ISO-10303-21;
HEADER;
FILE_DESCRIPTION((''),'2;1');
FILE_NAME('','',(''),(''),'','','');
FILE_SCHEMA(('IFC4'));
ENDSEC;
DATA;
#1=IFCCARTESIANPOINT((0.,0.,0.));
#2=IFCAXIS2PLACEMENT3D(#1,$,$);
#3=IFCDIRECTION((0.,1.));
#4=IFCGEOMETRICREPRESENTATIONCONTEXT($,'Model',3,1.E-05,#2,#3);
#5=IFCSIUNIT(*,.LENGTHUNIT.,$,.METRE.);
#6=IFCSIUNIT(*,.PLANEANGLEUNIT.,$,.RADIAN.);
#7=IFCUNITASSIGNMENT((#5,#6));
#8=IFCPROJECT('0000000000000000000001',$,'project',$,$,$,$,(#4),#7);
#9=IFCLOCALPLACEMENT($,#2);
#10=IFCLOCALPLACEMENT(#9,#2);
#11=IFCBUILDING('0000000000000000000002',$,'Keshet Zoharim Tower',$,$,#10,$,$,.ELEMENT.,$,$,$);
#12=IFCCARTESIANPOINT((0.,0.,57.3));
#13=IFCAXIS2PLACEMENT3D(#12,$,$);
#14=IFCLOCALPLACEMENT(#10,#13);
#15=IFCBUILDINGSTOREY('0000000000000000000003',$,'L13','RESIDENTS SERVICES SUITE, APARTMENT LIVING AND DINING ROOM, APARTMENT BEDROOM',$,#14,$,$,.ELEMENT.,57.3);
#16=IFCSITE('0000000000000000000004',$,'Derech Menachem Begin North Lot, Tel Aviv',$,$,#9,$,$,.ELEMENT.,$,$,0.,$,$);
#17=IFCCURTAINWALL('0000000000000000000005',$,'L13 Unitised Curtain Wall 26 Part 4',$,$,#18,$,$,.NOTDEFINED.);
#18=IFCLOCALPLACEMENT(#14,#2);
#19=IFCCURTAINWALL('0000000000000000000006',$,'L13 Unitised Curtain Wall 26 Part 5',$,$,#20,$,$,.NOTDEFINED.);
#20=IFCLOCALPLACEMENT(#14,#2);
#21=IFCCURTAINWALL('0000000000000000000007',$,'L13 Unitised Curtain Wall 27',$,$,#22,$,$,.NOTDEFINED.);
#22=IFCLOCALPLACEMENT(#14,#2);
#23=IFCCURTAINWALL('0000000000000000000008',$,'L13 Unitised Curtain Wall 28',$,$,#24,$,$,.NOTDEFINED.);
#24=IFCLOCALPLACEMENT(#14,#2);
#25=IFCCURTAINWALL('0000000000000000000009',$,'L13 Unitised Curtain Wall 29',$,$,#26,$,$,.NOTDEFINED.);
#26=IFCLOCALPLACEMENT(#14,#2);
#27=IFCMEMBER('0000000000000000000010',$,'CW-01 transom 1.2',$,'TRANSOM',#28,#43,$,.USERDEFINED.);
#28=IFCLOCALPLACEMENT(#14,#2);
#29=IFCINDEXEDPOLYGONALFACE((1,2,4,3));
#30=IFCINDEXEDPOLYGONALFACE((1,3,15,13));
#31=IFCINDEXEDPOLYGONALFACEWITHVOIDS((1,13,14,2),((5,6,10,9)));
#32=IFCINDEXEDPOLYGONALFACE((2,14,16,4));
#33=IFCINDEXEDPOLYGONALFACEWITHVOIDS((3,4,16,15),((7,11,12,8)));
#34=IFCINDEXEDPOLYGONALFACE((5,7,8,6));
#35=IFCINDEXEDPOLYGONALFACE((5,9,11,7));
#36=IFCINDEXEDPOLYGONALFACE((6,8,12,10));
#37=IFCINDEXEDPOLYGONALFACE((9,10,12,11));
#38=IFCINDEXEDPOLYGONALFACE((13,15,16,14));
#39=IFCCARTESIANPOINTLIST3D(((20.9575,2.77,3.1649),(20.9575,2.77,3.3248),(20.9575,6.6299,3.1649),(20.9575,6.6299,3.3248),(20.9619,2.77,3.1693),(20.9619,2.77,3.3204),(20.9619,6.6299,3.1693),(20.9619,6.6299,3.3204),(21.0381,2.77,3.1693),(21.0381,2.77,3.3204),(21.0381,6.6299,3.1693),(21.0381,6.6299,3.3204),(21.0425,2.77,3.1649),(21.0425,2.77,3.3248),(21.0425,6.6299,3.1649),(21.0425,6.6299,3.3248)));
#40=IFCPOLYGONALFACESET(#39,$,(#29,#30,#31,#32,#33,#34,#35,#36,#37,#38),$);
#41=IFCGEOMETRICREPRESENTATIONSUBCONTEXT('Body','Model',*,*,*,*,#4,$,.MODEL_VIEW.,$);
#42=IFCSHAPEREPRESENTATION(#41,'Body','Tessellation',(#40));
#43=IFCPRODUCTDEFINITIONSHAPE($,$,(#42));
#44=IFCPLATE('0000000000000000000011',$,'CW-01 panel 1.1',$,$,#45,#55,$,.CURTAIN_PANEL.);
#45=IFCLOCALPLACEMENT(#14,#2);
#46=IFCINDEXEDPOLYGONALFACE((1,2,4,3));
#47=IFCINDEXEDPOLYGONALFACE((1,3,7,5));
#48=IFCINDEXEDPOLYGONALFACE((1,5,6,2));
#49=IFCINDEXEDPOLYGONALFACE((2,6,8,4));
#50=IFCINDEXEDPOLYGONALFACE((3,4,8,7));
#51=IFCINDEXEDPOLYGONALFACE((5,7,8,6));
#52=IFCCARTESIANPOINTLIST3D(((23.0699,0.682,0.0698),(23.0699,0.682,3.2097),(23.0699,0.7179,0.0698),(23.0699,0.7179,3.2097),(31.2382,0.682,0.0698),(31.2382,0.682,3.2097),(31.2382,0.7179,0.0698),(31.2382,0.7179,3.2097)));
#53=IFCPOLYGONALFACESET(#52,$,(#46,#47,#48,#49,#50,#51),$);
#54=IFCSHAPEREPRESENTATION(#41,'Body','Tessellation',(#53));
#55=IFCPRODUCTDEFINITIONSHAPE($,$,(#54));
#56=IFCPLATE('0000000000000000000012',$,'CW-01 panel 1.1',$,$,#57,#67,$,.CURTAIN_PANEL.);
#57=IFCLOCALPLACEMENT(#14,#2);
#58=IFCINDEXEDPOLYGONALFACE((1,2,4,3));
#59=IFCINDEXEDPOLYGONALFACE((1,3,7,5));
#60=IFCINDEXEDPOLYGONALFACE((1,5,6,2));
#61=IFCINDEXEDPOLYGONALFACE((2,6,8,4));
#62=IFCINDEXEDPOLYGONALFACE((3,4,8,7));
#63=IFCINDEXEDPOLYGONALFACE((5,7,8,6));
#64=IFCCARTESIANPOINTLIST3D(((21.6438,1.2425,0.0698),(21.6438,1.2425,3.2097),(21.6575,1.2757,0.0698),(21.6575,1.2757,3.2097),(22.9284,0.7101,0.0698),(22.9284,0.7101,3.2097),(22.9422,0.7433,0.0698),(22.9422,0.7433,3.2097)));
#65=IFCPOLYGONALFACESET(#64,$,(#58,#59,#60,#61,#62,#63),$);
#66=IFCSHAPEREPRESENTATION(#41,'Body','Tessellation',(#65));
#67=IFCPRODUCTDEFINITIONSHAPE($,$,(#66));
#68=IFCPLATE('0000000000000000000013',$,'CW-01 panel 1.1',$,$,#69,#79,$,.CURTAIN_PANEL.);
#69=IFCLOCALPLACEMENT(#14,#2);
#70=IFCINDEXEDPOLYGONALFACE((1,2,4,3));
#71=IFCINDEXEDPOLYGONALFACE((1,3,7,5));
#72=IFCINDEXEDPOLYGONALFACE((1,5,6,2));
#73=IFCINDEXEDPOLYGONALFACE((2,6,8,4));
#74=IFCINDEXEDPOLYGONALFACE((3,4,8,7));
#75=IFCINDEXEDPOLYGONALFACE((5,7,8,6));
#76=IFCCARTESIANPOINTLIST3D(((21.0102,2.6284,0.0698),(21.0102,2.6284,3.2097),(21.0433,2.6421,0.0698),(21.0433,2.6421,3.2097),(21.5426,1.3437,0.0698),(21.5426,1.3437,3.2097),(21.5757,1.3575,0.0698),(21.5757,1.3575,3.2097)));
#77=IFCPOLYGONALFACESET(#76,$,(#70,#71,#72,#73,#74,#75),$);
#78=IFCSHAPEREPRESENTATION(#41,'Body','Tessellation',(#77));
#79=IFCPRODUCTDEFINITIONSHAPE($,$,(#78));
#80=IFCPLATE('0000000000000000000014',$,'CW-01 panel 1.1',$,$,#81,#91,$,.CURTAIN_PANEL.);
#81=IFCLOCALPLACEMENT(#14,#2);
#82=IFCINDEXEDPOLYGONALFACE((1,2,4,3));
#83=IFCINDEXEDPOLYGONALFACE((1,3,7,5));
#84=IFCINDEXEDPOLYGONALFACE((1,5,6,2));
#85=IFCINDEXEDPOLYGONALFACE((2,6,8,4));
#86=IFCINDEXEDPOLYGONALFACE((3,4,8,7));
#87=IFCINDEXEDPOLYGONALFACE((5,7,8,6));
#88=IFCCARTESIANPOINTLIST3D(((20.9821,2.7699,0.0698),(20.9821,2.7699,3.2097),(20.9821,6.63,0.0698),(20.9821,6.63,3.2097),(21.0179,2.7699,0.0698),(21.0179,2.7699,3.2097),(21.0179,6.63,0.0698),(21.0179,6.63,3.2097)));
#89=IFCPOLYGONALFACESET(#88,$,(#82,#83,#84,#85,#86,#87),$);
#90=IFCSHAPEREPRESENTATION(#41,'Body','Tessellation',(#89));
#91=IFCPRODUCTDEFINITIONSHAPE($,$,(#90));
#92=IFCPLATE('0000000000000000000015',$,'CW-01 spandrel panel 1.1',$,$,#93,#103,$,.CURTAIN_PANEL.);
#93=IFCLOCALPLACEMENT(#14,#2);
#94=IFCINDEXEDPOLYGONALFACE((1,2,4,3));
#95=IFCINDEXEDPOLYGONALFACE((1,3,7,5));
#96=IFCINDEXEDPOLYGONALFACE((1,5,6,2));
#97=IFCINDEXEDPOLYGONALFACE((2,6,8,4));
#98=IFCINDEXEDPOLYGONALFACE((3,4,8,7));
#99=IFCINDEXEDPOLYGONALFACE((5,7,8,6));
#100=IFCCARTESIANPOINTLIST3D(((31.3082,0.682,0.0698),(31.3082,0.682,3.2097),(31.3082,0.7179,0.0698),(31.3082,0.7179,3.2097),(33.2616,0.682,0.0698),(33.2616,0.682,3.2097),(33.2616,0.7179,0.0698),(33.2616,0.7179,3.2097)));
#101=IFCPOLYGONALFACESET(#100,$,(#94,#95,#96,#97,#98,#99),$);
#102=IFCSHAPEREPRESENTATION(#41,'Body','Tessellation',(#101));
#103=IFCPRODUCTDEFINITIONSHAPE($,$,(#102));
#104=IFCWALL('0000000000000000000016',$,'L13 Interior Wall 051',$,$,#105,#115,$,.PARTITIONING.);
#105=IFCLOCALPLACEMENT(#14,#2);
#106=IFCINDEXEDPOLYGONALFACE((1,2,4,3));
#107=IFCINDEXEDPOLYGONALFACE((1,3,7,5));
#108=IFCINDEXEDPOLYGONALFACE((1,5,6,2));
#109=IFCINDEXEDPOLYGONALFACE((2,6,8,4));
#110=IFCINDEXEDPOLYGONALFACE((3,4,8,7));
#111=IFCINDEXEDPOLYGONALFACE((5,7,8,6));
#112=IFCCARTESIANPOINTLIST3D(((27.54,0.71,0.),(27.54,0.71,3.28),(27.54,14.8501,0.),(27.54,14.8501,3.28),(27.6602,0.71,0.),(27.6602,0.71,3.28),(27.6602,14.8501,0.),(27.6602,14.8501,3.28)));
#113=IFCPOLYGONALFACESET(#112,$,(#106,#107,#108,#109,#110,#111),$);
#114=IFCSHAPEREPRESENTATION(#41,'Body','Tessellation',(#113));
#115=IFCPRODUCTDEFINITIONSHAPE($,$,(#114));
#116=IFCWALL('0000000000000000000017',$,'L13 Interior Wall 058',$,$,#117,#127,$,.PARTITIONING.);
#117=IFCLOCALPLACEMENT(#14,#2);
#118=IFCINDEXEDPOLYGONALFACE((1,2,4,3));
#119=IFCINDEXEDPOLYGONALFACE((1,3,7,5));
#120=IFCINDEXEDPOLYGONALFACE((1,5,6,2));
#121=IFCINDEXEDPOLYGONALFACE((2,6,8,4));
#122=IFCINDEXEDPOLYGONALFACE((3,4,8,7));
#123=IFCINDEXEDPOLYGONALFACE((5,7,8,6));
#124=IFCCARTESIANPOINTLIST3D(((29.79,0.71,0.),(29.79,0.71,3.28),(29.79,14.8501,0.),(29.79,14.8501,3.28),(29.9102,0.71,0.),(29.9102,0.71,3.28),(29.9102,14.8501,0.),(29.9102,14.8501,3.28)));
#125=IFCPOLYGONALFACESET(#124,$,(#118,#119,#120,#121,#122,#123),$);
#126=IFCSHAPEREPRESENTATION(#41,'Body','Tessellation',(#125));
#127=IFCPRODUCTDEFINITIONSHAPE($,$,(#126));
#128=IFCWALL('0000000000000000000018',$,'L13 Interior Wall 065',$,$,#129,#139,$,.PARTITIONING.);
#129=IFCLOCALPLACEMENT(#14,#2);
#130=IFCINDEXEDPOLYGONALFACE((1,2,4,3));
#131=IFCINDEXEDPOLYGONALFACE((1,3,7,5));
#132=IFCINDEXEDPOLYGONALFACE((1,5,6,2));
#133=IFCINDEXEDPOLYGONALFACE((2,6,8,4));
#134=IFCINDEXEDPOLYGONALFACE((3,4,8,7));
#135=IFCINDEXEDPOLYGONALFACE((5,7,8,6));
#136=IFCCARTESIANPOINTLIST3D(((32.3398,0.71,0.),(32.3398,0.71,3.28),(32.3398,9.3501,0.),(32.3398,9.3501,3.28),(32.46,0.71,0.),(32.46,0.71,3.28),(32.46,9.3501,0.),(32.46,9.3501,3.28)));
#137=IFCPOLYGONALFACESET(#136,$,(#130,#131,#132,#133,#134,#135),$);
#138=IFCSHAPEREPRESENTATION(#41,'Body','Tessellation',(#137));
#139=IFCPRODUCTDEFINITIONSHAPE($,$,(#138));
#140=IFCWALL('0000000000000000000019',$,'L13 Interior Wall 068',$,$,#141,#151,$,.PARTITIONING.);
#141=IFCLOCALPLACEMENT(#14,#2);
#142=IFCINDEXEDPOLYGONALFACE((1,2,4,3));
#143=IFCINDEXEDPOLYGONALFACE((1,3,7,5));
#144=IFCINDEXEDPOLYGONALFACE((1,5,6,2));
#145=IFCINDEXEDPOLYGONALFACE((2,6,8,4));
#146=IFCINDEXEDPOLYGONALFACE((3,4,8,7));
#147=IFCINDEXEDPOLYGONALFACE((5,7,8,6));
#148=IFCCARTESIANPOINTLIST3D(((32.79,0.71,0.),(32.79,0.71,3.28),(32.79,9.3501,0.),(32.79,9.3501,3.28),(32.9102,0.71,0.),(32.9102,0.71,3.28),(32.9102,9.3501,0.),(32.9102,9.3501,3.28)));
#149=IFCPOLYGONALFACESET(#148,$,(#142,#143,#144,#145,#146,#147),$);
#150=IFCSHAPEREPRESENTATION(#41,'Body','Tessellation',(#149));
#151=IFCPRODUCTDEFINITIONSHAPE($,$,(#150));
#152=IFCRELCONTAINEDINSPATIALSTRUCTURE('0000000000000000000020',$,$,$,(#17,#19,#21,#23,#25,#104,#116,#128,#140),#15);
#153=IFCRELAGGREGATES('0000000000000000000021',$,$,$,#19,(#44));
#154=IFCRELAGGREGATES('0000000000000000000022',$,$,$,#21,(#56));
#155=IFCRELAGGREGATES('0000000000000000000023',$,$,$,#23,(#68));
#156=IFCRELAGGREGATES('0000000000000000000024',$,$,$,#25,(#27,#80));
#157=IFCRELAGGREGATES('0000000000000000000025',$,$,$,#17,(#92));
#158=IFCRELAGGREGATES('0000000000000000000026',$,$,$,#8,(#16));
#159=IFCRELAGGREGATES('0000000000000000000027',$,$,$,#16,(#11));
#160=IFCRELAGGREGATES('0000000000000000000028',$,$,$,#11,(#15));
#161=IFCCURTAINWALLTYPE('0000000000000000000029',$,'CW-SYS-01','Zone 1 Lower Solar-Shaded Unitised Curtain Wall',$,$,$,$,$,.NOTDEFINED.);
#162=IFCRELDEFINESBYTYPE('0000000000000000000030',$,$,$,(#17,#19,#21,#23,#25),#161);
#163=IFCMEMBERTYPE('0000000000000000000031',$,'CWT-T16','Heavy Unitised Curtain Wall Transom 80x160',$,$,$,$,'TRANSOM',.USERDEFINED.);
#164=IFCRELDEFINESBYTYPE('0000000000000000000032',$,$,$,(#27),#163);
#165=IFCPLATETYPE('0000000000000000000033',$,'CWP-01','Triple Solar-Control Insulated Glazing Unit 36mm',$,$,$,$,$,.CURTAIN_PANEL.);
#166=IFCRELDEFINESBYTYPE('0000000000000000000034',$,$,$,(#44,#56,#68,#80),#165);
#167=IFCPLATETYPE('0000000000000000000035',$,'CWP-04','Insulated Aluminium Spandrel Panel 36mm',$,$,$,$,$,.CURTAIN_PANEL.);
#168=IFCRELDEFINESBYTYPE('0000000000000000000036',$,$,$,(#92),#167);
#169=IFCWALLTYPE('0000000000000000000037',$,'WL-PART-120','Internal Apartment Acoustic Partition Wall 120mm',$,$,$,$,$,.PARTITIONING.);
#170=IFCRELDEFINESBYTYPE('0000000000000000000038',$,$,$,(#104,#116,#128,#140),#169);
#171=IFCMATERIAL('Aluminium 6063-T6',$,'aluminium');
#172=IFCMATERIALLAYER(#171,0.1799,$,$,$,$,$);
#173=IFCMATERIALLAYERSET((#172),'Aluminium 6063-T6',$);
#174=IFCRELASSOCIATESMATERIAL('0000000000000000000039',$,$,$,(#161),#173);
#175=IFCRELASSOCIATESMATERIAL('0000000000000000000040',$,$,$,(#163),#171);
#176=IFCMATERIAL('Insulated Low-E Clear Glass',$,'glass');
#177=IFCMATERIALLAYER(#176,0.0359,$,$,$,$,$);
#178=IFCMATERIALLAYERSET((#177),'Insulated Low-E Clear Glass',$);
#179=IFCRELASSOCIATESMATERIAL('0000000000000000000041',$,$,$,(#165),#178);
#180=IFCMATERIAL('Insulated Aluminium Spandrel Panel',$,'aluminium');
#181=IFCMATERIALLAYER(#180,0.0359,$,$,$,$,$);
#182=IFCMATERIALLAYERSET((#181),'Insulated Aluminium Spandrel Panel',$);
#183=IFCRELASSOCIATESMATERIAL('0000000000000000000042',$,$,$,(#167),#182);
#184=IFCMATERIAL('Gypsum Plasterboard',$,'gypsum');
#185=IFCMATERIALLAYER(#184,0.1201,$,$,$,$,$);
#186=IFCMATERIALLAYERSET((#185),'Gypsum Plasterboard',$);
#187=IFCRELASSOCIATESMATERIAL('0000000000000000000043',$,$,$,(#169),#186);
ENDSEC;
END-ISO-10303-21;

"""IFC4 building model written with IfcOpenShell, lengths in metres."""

from ifc_helpers import new_model, si_unit, direction, frame, frame_2d, origin, origin_2d, place, context, subcontext, project, spatial, rectangle, hollow_rectangle, extrude, material, layer, layer_set, material_profile, profile_set, type_object, element, aggregate, save


model = new_model("IFC4")

# Units and contexts
model_context = context("Model", 3, precision=1e-05, world=origin(), true_north=direction((0.0, 1.0)))
body_context = subcontext(model_context, "Body", "Model", "MODEL_VIEW")
ifc_project = project(units=[si_unit("LENGTHUNIT", "METRE"), si_unit("PLANEANGLEUNIT", "RADIAN")], contexts=[model_context])

# Site, building, storey
site_placement = place(None, origin())
site = spatial("IfcSite", under=ifc_project, at=site_placement, Name="Derech Menachem Begin North Lot, Tel Aviv", CompositionType="ELEMENT", RefElevation=0.0)
building_placement = place(site_placement, origin())
building = spatial("IfcBuilding", under=site, at=building_placement, Name="Keshet Zoharim Tower", CompositionType="ELEMENT")
storey_placement = place(building_placement, frame((0.0, 0.0, 57.3)))
storey = spatial("IfcBuildingStorey", under=building, at=storey_placement, Name="L13", Description="RESIDENTS SERVICES SUITE, APARTMENT LIVING AND DINING ROOM, APARTMENT BEDROOM", CompositionType="ELEMENT", Elevation=57.3)

# Curtain walls
ifc_material_1 = material(Name="Aluminium 6063-T6", Category="aluminium")
ifc_layer_1 = layer(ifc_material_1, 0.1799)
ifc_layer_set_1 = layer_set([ifc_layer_1], Name="Aluminium 6063-T6")
curtain_wall_type = type_object("IfcCurtainWallType", Name="CW-SYS-01", Description="Zone 1 Lower Solar-Shaded Unitised Curtain Wall", PredefinedType="NOTDEFINED", material=ifc_layer_set_1)
curtain_wall_1_placement = place(storey_placement, origin())
curtain_wall_1 = element("IfcCurtainWall", 1, at=curtain_wall_1_placement, inside=storey, type_object=curtain_wall_type, Name="L13 Unitised Curtain Wall 26 Part 4", PredefinedType="NOTDEFINED")
curtain_wall_2_placement = place(storey_placement, origin())
curtain_wall_2 = element("IfcCurtainWall", 2, at=curtain_wall_2_placement, inside=storey, type_object=curtain_wall_type, Name="L13 Unitised Curtain Wall 26 Part 5", PredefinedType="NOTDEFINED")

# Curtain walls
curtain_wall_3_placement = place(storey_placement, origin())
curtain_wall_3 = element("IfcCurtainWall", 3, at=curtain_wall_3_placement, inside=storey, type_object=curtain_wall_type, Name="L13 Unitised Curtain Wall 27", PredefinedType="NOTDEFINED")
curtain_wall_4_placement = place(storey_placement, origin())
curtain_wall_4 = element("IfcCurtainWall", 4, at=curtain_wall_4_placement, inside=storey, type_object=curtain_wall_type, Name="L13 Unitised Curtain Wall 28", PredefinedType="NOTDEFINED")

# Curtain wall
curtain_wall_5_placement = place(storey_placement, origin())
curtain_wall_5 = element("IfcCurtainWall", 5, at=curtain_wall_5_placement, inside=storey, type_object=curtain_wall_type, Name="L13 Unitised Curtain Wall 29", PredefinedType="NOTDEFINED")

# Member
ifc_material_profile_1 = material_profile(ifc_material_1, hollow_rectangle(XDim=0.085, YDim=0.1599, WallThickness=0.0044, at=origin_2d()), Name="TRN-85x160")
ifc_profile_set_1 = profile_set([ifc_material_profile_1], Name="Aluminium 6063-T6")
member_type_1 = type_object("IfcMemberType", Name="CWT-T16", Description="Heavy Unitised Curtain Wall Transom 80x160", ElementType="TRANSOM", PredefinedType="USERDEFINED", material=ifc_profile_set_1)
member_1_placement = place(storey_placement, frame((21.0, 2.77, 3.2449), z_axis=(0.0, 1.0, 0.0), x_axis=(-1.0, 0.0, 0.0)))
member_1 = element("IfcMember", 6, at=member_1_placement, type_object=member_type_1, Name="CW-01 transom 1.2", ObjectType="TRANSOM", PredefinedType="USERDEFINED", context=body_context, shape_type="SweptSolid", body=[
    extrude(hollow_rectangle(XDim=0.085, YDim=0.1599, WallThickness=0.0044, at=origin_2d()), origin(), (0.0, 0.0, 1.0), 3.8599),
])

# Plates
ifc_material_2 = material(Name="Insulated Low-E Clear Glass", Category="glass")
ifc_layer_2 = layer(ifc_material_2, 0.0359)
ifc_layer_set_2 = layer_set([ifc_layer_2], Name="Insulated Low-E Clear Glass")
plate_type_1 = type_object("IfcPlateType", Name="CWP-01", Description="Triple Solar-Control Insulated Glazing Unit 36mm", PredefinedType="CURTAIN_PANEL", material=ifc_layer_set_2)
plate_1_placement = place(storey_placement, frame((27.1541, 0.7, 0.0698), z_axis=(0.0, 0.0, 1.0), x_axis=(-1.0, 0.0, 0.0)))
plate_1 = element("IfcPlate", 7, at=plate_1_placement, type_object=plate_type_1, Name="CW-01 panel 1.1", PredefinedType="CURTAIN_PANEL", context=body_context, shape_type="SweptSolid", body=[
    extrude(rectangle(XDim=8.1682, YDim=0.0359, at=origin_2d()), origin(), (0.0, 0.0, 1.0), 3.1399),
])
aggregate(curtain_wall_2, [plate_1])
plate_2_placement = place(storey_placement, frame((22.293, 0.9929, 0.0698), z_axis=(0.0, 0.0, 1.0), x_axis=(-0.92381, 0.382852, 0.0)))
plate_2 = element("IfcPlate", 8, at=plate_2_placement, type_object=plate_type_1, Name="CW-01 panel 1.1", PredefinedType="CURTAIN_PANEL", context=body_context, shape_type="SweptSolid", body=[
    extrude(rectangle(XDim=1.3906, YDim=0.0359, at=origin_2d()), origin(), (0.0, 0.0, 1.0), 3.1399),
])
aggregate(curtain_wall_3, [plate_2])
plate_3_placement = place(storey_placement, frame((21.293, 1.9929, 0.0698), z_axis=(0.0, 0.0, 1.0), x_axis=(-0.382852, 0.92381, 0.0)))
plate_3 = element("IfcPlate", 9, at=plate_3_placement, type_object=plate_type_1, Name="CW-01 panel 1.1", PredefinedType="CURTAIN_PANEL", context=body_context, shape_type="SweptSolid", body=[
    extrude(rectangle(XDim=1.3906, YDim=0.0359, at=origin_2d()), origin(), (0.0, 0.0, 1.0), 3.1399),
])
aggregate(curtain_wall_4, [plate_3])
plate_4_placement = place(storey_placement, frame((21.0, 4.7, 0.0698), z_axis=(0.0, 0.0, 1.0), x_axis=(0.0, 1.0, 0.0)))
plate_4 = element("IfcPlate", 10, at=plate_4_placement, type_object=plate_type_1, Name="CW-01 panel 1.1", PredefinedType="CURTAIN_PANEL", context=body_context, shape_type="SweptSolid", body=[
    extrude(rectangle(XDim=3.8601, YDim=0.0359, at=origin_2d()), origin(), (0.0, 0.0, 1.0), 3.1399),
])
aggregate(curtain_wall_5, [member_1, plate_4])
ifc_material_3 = material(Name="Insulated Aluminium Spandrel Panel", Category="aluminium")
ifc_layer_3 = layer(ifc_material_3, 0.0359)
ifc_layer_set_3 = layer_set([ifc_layer_3], Name="Insulated Aluminium Spandrel Panel")
plate_type_2 = type_object("IfcPlateType", Name="CWP-04", Description="Insulated Aluminium Spandrel Panel 36mm", PredefinedType="CURTAIN_PANEL", material=ifc_layer_set_3)
plate_5_placement = place(storey_placement, frame((32.2849, 0.7, 0.0698), z_axis=(0.0, 0.0, 1.0), x_axis=(-1.0, 0.0, 0.0)))
plate_5 = element("IfcPlate", 11, at=plate_5_placement, type_object=plate_type_2, Name="CW-01 spandrel panel 1.1", PredefinedType="CURTAIN_PANEL", context=body_context, shape_type="SweptSolid", body=[
    extrude(rectangle(XDim=1.9534, YDim=0.0359, at=origin_2d()), origin(), (0.0, 0.0, 1.0), 3.1399),
])
aggregate(curtain_wall_1, [plate_5])

# Walls
ifc_material_4 = material(Name="Gypsum Plasterboard", Category="gypsum")
ifc_layer_4 = layer(ifc_material_4, 0.1201)
ifc_layer_set_4 = layer_set([ifc_layer_4], Name="Gypsum Plasterboard")
wall_type = type_object("IfcWallType", Name="WL-PART-120", Description="Internal Apartment Acoustic Partition Wall 120mm", PredefinedType="PARTITIONING", material=ifc_layer_set_4)
for number, where, z_axis, x_axis, name in (
    (12, (27.6001, 0.71, 0.0), (0.0, 0.0, 1.0), (0.0, 1.0, 0.0), "L13 Interior Wall 051"),
    (13, (29.8501, 0.71, 0.0), (0.0, 0.0, 1.0), (0.0, 1.0, 0.0), "L13 Interior Wall 058"),
):
    element("IfcWall", number, at=place(storey_placement, frame(where, z_axis=z_axis, x_axis=x_axis)), inside=storey, type_object=wall_type, Name=name, PredefinedType="PARTITIONING", context=body_context, shape_type="SweptSolid", body=[
        extrude(rectangle(XDim=14.1401, YDim=0.1201, at=frame_2d((7.0701, 0.0))), origin(), (0.0, 0.0, 1.0), 3.28),
    ])
for number, where, z_axis, x_axis, name in (
    (14, (32.3999, 0.71, 0.0), (0.0, 0.0, 1.0), (0.0, 1.0, 0.0), "L13 Interior Wall 065"),
    (15, (32.8501, 0.71, 0.0), (0.0, 0.0, 1.0), (0.0, 1.0, 0.0), "L13 Interior Wall 068"),
):
    element("IfcWall", number, at=place(storey_placement, frame(where, z_axis=z_axis, x_axis=x_axis)), inside=storey, type_object=wall_type, Name=name, PredefinedType="PARTITIONING", context=body_context, shape_type="SweptSolid", body=[
        extrude(rectangle(XDim=8.6401, YDim=0.1201, at=frame_2d((4.3201, 0.0))), origin(), (0.0, 0.0, 1.0), 3.28),
    ])

save(model, "model.ifc")
